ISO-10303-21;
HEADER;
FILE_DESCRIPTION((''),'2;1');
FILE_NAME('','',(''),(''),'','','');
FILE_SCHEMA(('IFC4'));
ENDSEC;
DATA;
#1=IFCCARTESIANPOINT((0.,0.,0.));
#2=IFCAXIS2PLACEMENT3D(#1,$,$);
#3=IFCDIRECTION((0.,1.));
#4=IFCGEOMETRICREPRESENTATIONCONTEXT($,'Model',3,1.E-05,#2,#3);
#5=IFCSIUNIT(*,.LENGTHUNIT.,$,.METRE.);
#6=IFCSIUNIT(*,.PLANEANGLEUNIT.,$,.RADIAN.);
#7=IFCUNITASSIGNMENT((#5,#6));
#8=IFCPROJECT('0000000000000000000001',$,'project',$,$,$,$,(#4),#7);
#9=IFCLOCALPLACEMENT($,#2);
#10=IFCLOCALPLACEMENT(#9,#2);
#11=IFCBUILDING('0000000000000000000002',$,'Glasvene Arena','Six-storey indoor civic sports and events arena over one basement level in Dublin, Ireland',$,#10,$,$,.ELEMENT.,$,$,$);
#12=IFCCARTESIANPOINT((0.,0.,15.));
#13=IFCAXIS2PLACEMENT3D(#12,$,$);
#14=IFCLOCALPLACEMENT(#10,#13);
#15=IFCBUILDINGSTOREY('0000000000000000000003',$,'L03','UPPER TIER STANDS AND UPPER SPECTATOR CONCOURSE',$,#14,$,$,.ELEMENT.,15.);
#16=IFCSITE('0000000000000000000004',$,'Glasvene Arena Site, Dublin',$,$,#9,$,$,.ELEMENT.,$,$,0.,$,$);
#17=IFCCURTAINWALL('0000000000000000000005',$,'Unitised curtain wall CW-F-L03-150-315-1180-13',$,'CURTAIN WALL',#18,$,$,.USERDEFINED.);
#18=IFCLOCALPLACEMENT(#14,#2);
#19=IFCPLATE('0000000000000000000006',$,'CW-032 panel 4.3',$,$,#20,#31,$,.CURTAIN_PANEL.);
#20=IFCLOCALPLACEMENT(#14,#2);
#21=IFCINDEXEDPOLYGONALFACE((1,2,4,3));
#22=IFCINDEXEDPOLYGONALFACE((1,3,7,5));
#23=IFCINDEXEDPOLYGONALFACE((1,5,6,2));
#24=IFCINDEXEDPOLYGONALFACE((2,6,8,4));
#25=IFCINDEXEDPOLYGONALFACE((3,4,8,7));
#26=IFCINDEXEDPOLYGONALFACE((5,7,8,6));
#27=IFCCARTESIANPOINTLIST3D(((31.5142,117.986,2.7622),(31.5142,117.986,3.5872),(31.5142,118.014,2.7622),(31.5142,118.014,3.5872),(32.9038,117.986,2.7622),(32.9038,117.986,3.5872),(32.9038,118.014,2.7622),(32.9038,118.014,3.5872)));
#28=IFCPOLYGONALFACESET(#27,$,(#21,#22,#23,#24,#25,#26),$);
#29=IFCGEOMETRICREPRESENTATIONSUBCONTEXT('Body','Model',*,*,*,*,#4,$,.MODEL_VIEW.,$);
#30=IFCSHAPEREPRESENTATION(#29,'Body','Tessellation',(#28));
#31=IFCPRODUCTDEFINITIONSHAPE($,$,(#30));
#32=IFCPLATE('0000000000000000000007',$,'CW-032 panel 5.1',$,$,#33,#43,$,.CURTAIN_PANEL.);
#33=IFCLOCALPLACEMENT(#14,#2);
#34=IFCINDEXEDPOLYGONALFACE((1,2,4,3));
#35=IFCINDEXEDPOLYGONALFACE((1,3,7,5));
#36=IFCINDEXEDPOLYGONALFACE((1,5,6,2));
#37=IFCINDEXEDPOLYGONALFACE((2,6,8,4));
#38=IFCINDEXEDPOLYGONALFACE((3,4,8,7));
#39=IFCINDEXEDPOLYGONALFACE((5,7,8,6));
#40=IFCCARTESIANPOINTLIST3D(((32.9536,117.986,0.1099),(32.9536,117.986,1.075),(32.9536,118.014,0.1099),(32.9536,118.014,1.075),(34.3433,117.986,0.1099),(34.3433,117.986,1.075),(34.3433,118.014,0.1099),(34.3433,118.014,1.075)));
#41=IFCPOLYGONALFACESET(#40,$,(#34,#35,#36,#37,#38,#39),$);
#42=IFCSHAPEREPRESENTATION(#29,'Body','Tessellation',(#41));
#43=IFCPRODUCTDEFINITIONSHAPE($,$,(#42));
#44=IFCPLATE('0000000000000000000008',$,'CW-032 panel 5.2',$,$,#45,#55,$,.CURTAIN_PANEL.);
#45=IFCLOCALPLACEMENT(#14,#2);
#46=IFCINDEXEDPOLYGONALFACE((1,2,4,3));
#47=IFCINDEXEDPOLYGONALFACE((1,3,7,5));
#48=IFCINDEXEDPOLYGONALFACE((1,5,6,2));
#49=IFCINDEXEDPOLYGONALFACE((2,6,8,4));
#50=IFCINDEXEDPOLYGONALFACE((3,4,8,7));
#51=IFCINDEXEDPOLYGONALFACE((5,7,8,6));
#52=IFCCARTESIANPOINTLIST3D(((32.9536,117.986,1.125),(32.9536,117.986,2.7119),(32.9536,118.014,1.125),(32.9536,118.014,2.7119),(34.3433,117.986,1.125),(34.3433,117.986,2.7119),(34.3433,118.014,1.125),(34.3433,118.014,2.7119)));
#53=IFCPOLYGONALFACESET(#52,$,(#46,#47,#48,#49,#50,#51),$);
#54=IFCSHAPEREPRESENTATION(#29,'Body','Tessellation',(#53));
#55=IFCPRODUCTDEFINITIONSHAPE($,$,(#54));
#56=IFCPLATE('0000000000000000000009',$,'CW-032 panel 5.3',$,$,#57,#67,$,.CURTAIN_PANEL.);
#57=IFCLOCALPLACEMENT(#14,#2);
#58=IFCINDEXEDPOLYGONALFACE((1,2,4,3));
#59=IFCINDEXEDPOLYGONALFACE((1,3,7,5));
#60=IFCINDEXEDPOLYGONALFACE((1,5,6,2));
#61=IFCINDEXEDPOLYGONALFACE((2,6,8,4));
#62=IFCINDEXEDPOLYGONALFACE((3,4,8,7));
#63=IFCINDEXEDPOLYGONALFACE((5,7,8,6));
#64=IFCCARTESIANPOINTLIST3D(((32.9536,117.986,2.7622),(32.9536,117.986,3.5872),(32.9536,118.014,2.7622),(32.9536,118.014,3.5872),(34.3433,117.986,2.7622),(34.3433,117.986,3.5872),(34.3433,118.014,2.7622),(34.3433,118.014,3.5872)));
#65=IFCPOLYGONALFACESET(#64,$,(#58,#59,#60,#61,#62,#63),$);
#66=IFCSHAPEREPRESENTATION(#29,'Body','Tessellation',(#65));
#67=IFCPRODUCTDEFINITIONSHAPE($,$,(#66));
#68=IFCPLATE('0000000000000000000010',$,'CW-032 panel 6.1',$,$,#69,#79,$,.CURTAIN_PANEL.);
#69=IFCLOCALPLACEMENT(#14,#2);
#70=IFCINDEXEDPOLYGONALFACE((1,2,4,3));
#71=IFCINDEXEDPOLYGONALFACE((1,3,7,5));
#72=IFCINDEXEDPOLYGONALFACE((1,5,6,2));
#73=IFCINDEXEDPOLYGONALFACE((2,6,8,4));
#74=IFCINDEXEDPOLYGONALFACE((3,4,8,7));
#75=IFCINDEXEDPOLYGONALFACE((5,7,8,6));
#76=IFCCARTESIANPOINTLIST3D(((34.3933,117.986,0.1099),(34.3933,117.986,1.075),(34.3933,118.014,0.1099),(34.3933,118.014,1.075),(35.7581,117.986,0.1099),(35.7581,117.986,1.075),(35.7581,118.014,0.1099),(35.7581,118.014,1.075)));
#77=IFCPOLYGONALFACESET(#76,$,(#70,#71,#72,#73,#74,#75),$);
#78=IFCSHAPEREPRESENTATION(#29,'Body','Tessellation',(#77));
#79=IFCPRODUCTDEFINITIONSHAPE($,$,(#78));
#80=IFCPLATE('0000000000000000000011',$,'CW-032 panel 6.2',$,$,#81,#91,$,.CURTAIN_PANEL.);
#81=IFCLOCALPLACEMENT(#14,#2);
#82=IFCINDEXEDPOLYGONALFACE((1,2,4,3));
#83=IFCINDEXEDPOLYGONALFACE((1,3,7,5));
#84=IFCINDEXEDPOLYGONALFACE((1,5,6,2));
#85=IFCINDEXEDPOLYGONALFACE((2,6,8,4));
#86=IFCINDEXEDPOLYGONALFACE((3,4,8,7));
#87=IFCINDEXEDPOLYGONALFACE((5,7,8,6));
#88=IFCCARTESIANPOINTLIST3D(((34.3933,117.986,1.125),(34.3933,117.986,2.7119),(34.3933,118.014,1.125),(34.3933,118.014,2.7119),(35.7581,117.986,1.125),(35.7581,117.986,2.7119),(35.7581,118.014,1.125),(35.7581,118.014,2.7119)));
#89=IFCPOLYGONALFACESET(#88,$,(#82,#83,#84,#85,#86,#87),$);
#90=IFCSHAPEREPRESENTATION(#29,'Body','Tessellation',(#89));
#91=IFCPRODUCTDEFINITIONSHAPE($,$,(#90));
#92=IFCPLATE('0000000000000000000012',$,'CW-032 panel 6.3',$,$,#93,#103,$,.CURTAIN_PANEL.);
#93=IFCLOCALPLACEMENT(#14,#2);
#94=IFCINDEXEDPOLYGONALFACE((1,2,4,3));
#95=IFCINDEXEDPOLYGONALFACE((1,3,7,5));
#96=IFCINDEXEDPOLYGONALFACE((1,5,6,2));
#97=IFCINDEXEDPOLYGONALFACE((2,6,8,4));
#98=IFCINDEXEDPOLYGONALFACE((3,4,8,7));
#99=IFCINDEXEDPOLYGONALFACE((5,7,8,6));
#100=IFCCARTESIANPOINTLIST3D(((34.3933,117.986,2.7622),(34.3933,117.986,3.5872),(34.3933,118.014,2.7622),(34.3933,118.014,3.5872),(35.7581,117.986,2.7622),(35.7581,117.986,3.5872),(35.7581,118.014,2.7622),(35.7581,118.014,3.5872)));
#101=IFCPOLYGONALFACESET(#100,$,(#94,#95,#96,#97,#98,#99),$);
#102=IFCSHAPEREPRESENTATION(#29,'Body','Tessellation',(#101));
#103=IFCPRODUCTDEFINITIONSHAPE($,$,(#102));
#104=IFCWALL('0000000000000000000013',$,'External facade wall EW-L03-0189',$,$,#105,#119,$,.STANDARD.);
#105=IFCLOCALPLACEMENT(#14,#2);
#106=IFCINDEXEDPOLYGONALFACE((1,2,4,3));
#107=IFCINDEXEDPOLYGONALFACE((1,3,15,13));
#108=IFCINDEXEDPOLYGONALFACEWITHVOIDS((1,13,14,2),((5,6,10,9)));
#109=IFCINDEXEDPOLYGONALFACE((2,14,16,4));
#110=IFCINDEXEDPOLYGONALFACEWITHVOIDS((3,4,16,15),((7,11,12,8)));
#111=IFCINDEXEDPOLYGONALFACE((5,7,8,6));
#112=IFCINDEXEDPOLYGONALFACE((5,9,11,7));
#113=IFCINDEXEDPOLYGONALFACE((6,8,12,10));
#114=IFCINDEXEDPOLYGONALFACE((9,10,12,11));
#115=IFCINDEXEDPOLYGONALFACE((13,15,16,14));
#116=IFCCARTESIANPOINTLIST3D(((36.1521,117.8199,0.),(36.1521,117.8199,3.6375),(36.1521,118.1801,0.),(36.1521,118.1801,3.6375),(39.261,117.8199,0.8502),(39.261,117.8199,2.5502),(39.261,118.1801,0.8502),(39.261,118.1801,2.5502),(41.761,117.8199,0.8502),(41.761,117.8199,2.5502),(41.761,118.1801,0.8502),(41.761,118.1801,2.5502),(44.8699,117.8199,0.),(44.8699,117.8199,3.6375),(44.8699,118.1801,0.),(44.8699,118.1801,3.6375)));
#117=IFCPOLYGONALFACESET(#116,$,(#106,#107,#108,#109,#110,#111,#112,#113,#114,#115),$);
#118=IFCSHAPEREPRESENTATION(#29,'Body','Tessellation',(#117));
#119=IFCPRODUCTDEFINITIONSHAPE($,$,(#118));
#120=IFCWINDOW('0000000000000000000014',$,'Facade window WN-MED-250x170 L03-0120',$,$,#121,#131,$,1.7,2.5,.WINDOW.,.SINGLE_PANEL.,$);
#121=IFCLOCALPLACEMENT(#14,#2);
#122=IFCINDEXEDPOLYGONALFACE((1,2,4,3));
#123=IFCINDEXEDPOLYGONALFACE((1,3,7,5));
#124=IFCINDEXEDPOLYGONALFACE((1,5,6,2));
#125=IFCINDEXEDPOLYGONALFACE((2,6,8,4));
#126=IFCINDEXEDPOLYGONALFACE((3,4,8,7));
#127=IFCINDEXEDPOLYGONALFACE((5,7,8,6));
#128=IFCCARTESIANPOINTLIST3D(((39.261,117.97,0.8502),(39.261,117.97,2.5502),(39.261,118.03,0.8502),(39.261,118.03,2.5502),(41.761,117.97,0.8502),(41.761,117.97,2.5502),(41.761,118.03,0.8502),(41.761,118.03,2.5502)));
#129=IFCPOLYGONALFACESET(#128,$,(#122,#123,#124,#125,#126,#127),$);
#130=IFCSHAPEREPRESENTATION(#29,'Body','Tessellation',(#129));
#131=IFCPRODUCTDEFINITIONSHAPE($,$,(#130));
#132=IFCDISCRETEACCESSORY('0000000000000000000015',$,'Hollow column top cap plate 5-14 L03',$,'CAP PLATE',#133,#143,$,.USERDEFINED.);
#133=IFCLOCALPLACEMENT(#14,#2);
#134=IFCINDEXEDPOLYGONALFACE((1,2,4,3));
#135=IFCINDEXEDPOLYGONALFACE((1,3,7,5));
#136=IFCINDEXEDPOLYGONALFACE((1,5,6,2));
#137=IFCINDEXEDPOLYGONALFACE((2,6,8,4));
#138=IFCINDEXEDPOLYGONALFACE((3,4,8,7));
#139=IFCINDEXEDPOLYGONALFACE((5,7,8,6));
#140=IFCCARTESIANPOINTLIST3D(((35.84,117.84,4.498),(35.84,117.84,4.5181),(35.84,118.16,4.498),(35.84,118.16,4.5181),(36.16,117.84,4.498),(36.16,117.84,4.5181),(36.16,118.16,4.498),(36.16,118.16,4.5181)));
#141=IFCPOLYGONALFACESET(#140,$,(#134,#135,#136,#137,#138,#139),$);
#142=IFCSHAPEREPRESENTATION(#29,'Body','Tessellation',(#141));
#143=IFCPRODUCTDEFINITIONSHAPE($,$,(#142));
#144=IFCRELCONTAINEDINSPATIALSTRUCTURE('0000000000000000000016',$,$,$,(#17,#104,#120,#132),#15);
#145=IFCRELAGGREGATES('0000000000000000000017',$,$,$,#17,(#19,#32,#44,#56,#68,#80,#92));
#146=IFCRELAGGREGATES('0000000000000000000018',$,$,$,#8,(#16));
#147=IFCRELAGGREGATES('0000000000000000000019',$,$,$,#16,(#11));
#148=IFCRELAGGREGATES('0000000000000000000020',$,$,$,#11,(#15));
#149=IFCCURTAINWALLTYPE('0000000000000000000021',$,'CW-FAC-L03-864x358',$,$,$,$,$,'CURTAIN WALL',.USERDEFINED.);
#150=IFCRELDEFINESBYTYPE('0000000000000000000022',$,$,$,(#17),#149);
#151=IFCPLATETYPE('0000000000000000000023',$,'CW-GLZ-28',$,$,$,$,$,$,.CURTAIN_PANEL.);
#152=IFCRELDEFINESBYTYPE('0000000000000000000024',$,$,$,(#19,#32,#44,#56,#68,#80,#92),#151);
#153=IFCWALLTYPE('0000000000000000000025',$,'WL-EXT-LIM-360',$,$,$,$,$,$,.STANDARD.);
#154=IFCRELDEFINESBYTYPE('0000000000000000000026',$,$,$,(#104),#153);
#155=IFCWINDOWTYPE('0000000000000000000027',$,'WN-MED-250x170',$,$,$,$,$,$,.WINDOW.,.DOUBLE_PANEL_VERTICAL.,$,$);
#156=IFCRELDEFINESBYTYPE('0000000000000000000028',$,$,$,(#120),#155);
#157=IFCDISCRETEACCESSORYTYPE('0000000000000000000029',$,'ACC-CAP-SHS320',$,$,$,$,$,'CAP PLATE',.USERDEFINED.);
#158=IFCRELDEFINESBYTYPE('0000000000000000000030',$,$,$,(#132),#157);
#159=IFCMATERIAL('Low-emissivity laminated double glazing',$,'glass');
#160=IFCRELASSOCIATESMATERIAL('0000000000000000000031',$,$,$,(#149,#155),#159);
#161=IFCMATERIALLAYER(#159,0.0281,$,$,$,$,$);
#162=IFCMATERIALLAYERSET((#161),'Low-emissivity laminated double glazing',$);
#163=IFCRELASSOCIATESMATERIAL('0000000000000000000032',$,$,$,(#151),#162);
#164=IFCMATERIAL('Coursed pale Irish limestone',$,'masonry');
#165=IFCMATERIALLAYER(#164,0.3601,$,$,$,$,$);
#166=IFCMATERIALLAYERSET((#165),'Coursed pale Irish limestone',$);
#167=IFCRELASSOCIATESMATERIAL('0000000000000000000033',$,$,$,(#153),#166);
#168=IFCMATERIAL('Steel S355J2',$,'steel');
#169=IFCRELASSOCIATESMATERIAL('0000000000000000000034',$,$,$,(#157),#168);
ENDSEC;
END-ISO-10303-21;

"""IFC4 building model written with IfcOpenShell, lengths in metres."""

from ifc_helpers import new_model, si_unit, direction, frame, frame_2d, origin, origin_2d, place, context, subcontext, project, spatial, rectangle, extrude, material, layer, layer_set, type_object, element, fill, aggregate, save


model = new_model("IFC4")

# Units and contexts
model_context = context("Model", 3, precision=1e-05, world=origin(), true_north=direction((0.0, 1.0)))
body_context = subcontext(model_context, "Body", "Model", "MODEL_VIEW")
ifc_project = project(units=[si_unit("LENGTHUNIT", "METRE"), si_unit("PLANEANGLEUNIT", "RADIAN")], contexts=[model_context])

# Site, building, storey
site_placement = place(None, origin())
site = spatial("IfcSite", under=ifc_project, at=site_placement, Name="Glasvene Arena Site, Dublin", CompositionType="ELEMENT", RefElevation=0.0)
building_placement = place(site_placement, origin())
building = spatial("IfcBuilding", under=site, at=building_placement, Name="Glasvene Arena", Description="Six-storey indoor civic sports and events arena over one basement level in Dublin, Ireland", CompositionType="ELEMENT")
storey_placement = place(building_placement, frame((0.0, 0.0, 15.0)))
storey = spatial("IfcBuildingStorey", under=building, at=storey_placement, Name="L03", Description="UPPER TIER STANDS AND UPPER SPECTATOR CONCOURSE", CompositionType="ELEMENT", Elevation=15.0)

# Shared definitions
ifc_material_1 = material(Name="Steel S355J2", Category="steel")

# Curtain wall, plates
ifc_material_2 = material(Name="Low-emissivity laminated double glazing", Category="glass")
curtain_wall_type = type_object("IfcCurtainWallType", Name="CW-FAC-L03-864x358", ElementType="CURTAIN WALL", PredefinedType="USERDEFINED", material=ifc_material_2)
curtain_wall_placement = place(storey_placement, frame((27.1702, 118.0, 0.0)))
curtain_wall = element("IfcCurtainWall", 1, at=curtain_wall_placement, inside=storey, type_object=curtain_wall_type, Name="Unitised curtain wall CW-F-L03-150-315-1180-13", ObjectType="CURTAIN WALL", PredefinedType="USERDEFINED")
ifc_layer_1 = layer(ifc_material_2, 0.0281)
ifc_layer_set_1 = layer_set([ifc_layer_1], Name="Low-emissivity laminated double glazing")
plate_type = type_object("IfcPlateType", Name="CW-GLZ-28", PredefinedType="CURTAIN_PANEL", material=ifc_layer_set_1)
plate_1_placement = place(storey_placement, frame((32.209, 118.0, 2.7622), z_axis=(0.0, 0.0, 1.0), x_axis=(1.0, 0.0, 0.0)))
plate_1 = element("IfcPlate", 2, at=plate_1_placement, type_object=plate_type, Name="CW-032 panel 4.3", PredefinedType="CURTAIN_PANEL", context=body_context, shape_type="SweptSolid", body=[
    extrude(rectangle(XDim=1.3896, YDim=0.0281, at=origin_2d()), origin(), (0.0, 0.0, 1.0), 0.825),
])
plate_2_placement = place(storey_placement, frame((33.6484, 118.0, 0.1099), z_axis=(0.0, 0.0, 1.0), x_axis=(1.0, 0.0, 0.0)))
plate_2 = element("IfcPlate", 3, at=plate_2_placement, type_object=plate_type, Name="CW-032 panel 5.1", PredefinedType="CURTAIN_PANEL", context=body_context, shape_type="SweptSolid", body=[
    extrude(rectangle(XDim=1.3896, YDim=0.0281, at=origin_2d()), origin(), (0.0, 0.0, 1.0), 0.9651),
])
plate_3_placement = place(storey_placement, frame((33.6484, 118.0, 1.125), z_axis=(0.0, 0.0, 1.0), x_axis=(1.0, 0.0, 0.0)))
plate_3 = element("IfcPlate", 4, at=plate_3_placement, type_object=plate_type, Name="CW-032 panel 5.2", PredefinedType="CURTAIN_PANEL", context=body_context, shape_type="SweptSolid", body=[
    extrude(rectangle(XDim=1.3896, YDim=0.0281, at=origin_2d()), origin(), (0.0, 0.0, 1.0), 1.5869),
])
plate_4_placement = place(storey_placement, frame((33.6484, 118.0, 2.7622), z_axis=(0.0, 0.0, 1.0), x_axis=(1.0, 0.0, 0.0)))
plate_4 = element("IfcPlate", 5, at=plate_4_placement, type_object=plate_type, Name="CW-032 panel 5.3", PredefinedType="CURTAIN_PANEL", context=body_context, shape_type="SweptSolid", body=[
    extrude(rectangle(XDim=1.3896, YDim=0.0281, at=origin_2d()), origin(), (0.0, 0.0, 1.0), 0.825),
])
plate_5_placement = place(storey_placement, frame((35.0757, 118.0, 0.1099), z_axis=(0.0, 0.0, 1.0), x_axis=(1.0, 0.0, 0.0)))
plate_5 = element("IfcPlate", 6, at=plate_5_placement, type_object=plate_type, Name="CW-032 panel 6.1", PredefinedType="CURTAIN_PANEL", context=body_context, shape_type="SweptSolid", body=[
    extrude(rectangle(XDim=1.3647, YDim=0.0281, at=origin_2d()), origin(), (0.0, 0.0, 1.0), 0.9651),
])
plate_6_placement = place(storey_placement, frame((35.0757, 118.0, 1.125), z_axis=(0.0, 0.0, 1.0), x_axis=(1.0, 0.0, 0.0)))
plate_6 = element("IfcPlate", 7, at=plate_6_placement, type_object=plate_type, Name="CW-032 panel 6.2", PredefinedType="CURTAIN_PANEL", context=body_context, shape_type="SweptSolid", body=[
    extrude(rectangle(XDim=1.3647, YDim=0.0281, at=origin_2d()), origin(), (0.0, 0.0, 1.0), 1.5869),
])
plate_7_placement = place(storey_placement, frame((35.0757, 118.0, 2.7622), z_axis=(0.0, 0.0, 1.0), x_axis=(1.0, 0.0, 0.0)))
plate_7 = element("IfcPlate", 8, at=plate_7_placement, type_object=plate_type, Name="CW-032 panel 6.3", PredefinedType="CURTAIN_PANEL", context=body_context, shape_type="SweptSolid", body=[
    extrude(rectangle(XDim=1.3647, YDim=0.0281, at=origin_2d()), origin(), (0.0, 0.0, 1.0), 0.825),
])
aggregate(curtain_wall, [plate_1, plate_2, plate_3, plate_4, plate_5, plate_6, plate_7])

# Wall, opening, window
ifc_material_3 = material(Name="Coursed pale Irish limestone", Category="masonry")
ifc_layer_2 = layer(ifc_material_3, 0.3601)
ifc_layer_set_2 = layer_set([ifc_layer_2], Name="Coursed pale Irish limestone")
wall_type = type_object("IfcWallType", Name="WL-EXT-LIM-360", PredefinedType="STANDARD", material=ifc_layer_set_2)
wall_placement = place(storey_placement, frame((36.1521, 118.0, 0.0), z_axis=(0.0, 0.0, 1.0), x_axis=(1.0, 0.0, 0.0)))
wall = element("IfcWall", 9, at=wall_placement, inside=storey, type_object=wall_type, Name="External facade wall EW-L03-0189", PredefinedType="STANDARD", context=body_context, shape_type="SweptSolid", body=[
    extrude(rectangle(XDim=8.7178, YDim=0.3601, at=frame_2d((4.3589, 0.0))), origin(), (0.0, 0.0, 1.0), 3.6375),
])
opening_placement = place(wall_placement, frame((3.1089, 0.0, 0.8501)))
opening = element("IfcOpeningElement", 10, at=opening_placement, cuts=wall, PredefinedType="OPENING", context=body_context, shape_type="SweptSolid", body=[
    extrude(rectangle(XDim=2.5, YDim=1.7, at=frame_2d((1.25, 0.8501))), frame((0.0, 0.1899, 0.0), z_axis=(0.0, -1.0, 0.0), x_axis=(1.0, 0.0, 0.0)), (0.0, 0.0, 1.0), 0.3801),
])
window_type = type_object("IfcWindowType", Name="WN-MED-250x170", PartitioningType="DOUBLE_PANEL_VERTICAL", PredefinedType="WINDOW", material=ifc_material_2)
window_placement = place(opening_placement, origin())
window = element("IfcWindow", 11, at=window_placement, inside=storey, type_object=window_type, Name="Facade window WN-MED-250x170 L03-0120", OverallHeight=1.7, OverallWidth=2.5, PartitioningType="SINGLE_PANEL", PredefinedType="WINDOW", context=body_context, shape_type="SweptSolid", body=[
    extrude(rectangle(XDim=2.5, YDim=1.7, at=frame_2d((1.25, 0.8501))), frame((0.0, 0.03, 0.0), z_axis=(0.0, -1.0, 0.0), x_axis=(1.0, 0.0, 0.0)), (0.0, 0.0, 1.0), 0.0601),
])
fill(opening, window)

# Discrete accessory
discrete_accessory_type = type_object("IfcDiscreteAccessoryType", Name="ACC-CAP-SHS320", ElementType="CAP PLATE", PredefinedType="USERDEFINED", material=ifc_material_1)
discrete_accessory_placement = place(storey_placement, frame((36.0, 118.0, 4.498), z_axis=(0.0, 0.0, 1.0), x_axis=(1.0, 0.0, 0.0)))
element("IfcDiscreteAccessory", 12, at=discrete_accessory_placement, inside=storey, type_object=discrete_accessory_type, Name="Hollow column top cap plate 5-14 L03", ObjectType="CAP PLATE", PredefinedType="USERDEFINED", context=body_context, shape_type="SweptSolid", body=[
    extrude(rectangle(XDim=0.3201, YDim=0.3201, at=origin_2d()), origin(), (0.0, 0.0, 1.0), 0.02),
])

save(model, "model.ifc")
